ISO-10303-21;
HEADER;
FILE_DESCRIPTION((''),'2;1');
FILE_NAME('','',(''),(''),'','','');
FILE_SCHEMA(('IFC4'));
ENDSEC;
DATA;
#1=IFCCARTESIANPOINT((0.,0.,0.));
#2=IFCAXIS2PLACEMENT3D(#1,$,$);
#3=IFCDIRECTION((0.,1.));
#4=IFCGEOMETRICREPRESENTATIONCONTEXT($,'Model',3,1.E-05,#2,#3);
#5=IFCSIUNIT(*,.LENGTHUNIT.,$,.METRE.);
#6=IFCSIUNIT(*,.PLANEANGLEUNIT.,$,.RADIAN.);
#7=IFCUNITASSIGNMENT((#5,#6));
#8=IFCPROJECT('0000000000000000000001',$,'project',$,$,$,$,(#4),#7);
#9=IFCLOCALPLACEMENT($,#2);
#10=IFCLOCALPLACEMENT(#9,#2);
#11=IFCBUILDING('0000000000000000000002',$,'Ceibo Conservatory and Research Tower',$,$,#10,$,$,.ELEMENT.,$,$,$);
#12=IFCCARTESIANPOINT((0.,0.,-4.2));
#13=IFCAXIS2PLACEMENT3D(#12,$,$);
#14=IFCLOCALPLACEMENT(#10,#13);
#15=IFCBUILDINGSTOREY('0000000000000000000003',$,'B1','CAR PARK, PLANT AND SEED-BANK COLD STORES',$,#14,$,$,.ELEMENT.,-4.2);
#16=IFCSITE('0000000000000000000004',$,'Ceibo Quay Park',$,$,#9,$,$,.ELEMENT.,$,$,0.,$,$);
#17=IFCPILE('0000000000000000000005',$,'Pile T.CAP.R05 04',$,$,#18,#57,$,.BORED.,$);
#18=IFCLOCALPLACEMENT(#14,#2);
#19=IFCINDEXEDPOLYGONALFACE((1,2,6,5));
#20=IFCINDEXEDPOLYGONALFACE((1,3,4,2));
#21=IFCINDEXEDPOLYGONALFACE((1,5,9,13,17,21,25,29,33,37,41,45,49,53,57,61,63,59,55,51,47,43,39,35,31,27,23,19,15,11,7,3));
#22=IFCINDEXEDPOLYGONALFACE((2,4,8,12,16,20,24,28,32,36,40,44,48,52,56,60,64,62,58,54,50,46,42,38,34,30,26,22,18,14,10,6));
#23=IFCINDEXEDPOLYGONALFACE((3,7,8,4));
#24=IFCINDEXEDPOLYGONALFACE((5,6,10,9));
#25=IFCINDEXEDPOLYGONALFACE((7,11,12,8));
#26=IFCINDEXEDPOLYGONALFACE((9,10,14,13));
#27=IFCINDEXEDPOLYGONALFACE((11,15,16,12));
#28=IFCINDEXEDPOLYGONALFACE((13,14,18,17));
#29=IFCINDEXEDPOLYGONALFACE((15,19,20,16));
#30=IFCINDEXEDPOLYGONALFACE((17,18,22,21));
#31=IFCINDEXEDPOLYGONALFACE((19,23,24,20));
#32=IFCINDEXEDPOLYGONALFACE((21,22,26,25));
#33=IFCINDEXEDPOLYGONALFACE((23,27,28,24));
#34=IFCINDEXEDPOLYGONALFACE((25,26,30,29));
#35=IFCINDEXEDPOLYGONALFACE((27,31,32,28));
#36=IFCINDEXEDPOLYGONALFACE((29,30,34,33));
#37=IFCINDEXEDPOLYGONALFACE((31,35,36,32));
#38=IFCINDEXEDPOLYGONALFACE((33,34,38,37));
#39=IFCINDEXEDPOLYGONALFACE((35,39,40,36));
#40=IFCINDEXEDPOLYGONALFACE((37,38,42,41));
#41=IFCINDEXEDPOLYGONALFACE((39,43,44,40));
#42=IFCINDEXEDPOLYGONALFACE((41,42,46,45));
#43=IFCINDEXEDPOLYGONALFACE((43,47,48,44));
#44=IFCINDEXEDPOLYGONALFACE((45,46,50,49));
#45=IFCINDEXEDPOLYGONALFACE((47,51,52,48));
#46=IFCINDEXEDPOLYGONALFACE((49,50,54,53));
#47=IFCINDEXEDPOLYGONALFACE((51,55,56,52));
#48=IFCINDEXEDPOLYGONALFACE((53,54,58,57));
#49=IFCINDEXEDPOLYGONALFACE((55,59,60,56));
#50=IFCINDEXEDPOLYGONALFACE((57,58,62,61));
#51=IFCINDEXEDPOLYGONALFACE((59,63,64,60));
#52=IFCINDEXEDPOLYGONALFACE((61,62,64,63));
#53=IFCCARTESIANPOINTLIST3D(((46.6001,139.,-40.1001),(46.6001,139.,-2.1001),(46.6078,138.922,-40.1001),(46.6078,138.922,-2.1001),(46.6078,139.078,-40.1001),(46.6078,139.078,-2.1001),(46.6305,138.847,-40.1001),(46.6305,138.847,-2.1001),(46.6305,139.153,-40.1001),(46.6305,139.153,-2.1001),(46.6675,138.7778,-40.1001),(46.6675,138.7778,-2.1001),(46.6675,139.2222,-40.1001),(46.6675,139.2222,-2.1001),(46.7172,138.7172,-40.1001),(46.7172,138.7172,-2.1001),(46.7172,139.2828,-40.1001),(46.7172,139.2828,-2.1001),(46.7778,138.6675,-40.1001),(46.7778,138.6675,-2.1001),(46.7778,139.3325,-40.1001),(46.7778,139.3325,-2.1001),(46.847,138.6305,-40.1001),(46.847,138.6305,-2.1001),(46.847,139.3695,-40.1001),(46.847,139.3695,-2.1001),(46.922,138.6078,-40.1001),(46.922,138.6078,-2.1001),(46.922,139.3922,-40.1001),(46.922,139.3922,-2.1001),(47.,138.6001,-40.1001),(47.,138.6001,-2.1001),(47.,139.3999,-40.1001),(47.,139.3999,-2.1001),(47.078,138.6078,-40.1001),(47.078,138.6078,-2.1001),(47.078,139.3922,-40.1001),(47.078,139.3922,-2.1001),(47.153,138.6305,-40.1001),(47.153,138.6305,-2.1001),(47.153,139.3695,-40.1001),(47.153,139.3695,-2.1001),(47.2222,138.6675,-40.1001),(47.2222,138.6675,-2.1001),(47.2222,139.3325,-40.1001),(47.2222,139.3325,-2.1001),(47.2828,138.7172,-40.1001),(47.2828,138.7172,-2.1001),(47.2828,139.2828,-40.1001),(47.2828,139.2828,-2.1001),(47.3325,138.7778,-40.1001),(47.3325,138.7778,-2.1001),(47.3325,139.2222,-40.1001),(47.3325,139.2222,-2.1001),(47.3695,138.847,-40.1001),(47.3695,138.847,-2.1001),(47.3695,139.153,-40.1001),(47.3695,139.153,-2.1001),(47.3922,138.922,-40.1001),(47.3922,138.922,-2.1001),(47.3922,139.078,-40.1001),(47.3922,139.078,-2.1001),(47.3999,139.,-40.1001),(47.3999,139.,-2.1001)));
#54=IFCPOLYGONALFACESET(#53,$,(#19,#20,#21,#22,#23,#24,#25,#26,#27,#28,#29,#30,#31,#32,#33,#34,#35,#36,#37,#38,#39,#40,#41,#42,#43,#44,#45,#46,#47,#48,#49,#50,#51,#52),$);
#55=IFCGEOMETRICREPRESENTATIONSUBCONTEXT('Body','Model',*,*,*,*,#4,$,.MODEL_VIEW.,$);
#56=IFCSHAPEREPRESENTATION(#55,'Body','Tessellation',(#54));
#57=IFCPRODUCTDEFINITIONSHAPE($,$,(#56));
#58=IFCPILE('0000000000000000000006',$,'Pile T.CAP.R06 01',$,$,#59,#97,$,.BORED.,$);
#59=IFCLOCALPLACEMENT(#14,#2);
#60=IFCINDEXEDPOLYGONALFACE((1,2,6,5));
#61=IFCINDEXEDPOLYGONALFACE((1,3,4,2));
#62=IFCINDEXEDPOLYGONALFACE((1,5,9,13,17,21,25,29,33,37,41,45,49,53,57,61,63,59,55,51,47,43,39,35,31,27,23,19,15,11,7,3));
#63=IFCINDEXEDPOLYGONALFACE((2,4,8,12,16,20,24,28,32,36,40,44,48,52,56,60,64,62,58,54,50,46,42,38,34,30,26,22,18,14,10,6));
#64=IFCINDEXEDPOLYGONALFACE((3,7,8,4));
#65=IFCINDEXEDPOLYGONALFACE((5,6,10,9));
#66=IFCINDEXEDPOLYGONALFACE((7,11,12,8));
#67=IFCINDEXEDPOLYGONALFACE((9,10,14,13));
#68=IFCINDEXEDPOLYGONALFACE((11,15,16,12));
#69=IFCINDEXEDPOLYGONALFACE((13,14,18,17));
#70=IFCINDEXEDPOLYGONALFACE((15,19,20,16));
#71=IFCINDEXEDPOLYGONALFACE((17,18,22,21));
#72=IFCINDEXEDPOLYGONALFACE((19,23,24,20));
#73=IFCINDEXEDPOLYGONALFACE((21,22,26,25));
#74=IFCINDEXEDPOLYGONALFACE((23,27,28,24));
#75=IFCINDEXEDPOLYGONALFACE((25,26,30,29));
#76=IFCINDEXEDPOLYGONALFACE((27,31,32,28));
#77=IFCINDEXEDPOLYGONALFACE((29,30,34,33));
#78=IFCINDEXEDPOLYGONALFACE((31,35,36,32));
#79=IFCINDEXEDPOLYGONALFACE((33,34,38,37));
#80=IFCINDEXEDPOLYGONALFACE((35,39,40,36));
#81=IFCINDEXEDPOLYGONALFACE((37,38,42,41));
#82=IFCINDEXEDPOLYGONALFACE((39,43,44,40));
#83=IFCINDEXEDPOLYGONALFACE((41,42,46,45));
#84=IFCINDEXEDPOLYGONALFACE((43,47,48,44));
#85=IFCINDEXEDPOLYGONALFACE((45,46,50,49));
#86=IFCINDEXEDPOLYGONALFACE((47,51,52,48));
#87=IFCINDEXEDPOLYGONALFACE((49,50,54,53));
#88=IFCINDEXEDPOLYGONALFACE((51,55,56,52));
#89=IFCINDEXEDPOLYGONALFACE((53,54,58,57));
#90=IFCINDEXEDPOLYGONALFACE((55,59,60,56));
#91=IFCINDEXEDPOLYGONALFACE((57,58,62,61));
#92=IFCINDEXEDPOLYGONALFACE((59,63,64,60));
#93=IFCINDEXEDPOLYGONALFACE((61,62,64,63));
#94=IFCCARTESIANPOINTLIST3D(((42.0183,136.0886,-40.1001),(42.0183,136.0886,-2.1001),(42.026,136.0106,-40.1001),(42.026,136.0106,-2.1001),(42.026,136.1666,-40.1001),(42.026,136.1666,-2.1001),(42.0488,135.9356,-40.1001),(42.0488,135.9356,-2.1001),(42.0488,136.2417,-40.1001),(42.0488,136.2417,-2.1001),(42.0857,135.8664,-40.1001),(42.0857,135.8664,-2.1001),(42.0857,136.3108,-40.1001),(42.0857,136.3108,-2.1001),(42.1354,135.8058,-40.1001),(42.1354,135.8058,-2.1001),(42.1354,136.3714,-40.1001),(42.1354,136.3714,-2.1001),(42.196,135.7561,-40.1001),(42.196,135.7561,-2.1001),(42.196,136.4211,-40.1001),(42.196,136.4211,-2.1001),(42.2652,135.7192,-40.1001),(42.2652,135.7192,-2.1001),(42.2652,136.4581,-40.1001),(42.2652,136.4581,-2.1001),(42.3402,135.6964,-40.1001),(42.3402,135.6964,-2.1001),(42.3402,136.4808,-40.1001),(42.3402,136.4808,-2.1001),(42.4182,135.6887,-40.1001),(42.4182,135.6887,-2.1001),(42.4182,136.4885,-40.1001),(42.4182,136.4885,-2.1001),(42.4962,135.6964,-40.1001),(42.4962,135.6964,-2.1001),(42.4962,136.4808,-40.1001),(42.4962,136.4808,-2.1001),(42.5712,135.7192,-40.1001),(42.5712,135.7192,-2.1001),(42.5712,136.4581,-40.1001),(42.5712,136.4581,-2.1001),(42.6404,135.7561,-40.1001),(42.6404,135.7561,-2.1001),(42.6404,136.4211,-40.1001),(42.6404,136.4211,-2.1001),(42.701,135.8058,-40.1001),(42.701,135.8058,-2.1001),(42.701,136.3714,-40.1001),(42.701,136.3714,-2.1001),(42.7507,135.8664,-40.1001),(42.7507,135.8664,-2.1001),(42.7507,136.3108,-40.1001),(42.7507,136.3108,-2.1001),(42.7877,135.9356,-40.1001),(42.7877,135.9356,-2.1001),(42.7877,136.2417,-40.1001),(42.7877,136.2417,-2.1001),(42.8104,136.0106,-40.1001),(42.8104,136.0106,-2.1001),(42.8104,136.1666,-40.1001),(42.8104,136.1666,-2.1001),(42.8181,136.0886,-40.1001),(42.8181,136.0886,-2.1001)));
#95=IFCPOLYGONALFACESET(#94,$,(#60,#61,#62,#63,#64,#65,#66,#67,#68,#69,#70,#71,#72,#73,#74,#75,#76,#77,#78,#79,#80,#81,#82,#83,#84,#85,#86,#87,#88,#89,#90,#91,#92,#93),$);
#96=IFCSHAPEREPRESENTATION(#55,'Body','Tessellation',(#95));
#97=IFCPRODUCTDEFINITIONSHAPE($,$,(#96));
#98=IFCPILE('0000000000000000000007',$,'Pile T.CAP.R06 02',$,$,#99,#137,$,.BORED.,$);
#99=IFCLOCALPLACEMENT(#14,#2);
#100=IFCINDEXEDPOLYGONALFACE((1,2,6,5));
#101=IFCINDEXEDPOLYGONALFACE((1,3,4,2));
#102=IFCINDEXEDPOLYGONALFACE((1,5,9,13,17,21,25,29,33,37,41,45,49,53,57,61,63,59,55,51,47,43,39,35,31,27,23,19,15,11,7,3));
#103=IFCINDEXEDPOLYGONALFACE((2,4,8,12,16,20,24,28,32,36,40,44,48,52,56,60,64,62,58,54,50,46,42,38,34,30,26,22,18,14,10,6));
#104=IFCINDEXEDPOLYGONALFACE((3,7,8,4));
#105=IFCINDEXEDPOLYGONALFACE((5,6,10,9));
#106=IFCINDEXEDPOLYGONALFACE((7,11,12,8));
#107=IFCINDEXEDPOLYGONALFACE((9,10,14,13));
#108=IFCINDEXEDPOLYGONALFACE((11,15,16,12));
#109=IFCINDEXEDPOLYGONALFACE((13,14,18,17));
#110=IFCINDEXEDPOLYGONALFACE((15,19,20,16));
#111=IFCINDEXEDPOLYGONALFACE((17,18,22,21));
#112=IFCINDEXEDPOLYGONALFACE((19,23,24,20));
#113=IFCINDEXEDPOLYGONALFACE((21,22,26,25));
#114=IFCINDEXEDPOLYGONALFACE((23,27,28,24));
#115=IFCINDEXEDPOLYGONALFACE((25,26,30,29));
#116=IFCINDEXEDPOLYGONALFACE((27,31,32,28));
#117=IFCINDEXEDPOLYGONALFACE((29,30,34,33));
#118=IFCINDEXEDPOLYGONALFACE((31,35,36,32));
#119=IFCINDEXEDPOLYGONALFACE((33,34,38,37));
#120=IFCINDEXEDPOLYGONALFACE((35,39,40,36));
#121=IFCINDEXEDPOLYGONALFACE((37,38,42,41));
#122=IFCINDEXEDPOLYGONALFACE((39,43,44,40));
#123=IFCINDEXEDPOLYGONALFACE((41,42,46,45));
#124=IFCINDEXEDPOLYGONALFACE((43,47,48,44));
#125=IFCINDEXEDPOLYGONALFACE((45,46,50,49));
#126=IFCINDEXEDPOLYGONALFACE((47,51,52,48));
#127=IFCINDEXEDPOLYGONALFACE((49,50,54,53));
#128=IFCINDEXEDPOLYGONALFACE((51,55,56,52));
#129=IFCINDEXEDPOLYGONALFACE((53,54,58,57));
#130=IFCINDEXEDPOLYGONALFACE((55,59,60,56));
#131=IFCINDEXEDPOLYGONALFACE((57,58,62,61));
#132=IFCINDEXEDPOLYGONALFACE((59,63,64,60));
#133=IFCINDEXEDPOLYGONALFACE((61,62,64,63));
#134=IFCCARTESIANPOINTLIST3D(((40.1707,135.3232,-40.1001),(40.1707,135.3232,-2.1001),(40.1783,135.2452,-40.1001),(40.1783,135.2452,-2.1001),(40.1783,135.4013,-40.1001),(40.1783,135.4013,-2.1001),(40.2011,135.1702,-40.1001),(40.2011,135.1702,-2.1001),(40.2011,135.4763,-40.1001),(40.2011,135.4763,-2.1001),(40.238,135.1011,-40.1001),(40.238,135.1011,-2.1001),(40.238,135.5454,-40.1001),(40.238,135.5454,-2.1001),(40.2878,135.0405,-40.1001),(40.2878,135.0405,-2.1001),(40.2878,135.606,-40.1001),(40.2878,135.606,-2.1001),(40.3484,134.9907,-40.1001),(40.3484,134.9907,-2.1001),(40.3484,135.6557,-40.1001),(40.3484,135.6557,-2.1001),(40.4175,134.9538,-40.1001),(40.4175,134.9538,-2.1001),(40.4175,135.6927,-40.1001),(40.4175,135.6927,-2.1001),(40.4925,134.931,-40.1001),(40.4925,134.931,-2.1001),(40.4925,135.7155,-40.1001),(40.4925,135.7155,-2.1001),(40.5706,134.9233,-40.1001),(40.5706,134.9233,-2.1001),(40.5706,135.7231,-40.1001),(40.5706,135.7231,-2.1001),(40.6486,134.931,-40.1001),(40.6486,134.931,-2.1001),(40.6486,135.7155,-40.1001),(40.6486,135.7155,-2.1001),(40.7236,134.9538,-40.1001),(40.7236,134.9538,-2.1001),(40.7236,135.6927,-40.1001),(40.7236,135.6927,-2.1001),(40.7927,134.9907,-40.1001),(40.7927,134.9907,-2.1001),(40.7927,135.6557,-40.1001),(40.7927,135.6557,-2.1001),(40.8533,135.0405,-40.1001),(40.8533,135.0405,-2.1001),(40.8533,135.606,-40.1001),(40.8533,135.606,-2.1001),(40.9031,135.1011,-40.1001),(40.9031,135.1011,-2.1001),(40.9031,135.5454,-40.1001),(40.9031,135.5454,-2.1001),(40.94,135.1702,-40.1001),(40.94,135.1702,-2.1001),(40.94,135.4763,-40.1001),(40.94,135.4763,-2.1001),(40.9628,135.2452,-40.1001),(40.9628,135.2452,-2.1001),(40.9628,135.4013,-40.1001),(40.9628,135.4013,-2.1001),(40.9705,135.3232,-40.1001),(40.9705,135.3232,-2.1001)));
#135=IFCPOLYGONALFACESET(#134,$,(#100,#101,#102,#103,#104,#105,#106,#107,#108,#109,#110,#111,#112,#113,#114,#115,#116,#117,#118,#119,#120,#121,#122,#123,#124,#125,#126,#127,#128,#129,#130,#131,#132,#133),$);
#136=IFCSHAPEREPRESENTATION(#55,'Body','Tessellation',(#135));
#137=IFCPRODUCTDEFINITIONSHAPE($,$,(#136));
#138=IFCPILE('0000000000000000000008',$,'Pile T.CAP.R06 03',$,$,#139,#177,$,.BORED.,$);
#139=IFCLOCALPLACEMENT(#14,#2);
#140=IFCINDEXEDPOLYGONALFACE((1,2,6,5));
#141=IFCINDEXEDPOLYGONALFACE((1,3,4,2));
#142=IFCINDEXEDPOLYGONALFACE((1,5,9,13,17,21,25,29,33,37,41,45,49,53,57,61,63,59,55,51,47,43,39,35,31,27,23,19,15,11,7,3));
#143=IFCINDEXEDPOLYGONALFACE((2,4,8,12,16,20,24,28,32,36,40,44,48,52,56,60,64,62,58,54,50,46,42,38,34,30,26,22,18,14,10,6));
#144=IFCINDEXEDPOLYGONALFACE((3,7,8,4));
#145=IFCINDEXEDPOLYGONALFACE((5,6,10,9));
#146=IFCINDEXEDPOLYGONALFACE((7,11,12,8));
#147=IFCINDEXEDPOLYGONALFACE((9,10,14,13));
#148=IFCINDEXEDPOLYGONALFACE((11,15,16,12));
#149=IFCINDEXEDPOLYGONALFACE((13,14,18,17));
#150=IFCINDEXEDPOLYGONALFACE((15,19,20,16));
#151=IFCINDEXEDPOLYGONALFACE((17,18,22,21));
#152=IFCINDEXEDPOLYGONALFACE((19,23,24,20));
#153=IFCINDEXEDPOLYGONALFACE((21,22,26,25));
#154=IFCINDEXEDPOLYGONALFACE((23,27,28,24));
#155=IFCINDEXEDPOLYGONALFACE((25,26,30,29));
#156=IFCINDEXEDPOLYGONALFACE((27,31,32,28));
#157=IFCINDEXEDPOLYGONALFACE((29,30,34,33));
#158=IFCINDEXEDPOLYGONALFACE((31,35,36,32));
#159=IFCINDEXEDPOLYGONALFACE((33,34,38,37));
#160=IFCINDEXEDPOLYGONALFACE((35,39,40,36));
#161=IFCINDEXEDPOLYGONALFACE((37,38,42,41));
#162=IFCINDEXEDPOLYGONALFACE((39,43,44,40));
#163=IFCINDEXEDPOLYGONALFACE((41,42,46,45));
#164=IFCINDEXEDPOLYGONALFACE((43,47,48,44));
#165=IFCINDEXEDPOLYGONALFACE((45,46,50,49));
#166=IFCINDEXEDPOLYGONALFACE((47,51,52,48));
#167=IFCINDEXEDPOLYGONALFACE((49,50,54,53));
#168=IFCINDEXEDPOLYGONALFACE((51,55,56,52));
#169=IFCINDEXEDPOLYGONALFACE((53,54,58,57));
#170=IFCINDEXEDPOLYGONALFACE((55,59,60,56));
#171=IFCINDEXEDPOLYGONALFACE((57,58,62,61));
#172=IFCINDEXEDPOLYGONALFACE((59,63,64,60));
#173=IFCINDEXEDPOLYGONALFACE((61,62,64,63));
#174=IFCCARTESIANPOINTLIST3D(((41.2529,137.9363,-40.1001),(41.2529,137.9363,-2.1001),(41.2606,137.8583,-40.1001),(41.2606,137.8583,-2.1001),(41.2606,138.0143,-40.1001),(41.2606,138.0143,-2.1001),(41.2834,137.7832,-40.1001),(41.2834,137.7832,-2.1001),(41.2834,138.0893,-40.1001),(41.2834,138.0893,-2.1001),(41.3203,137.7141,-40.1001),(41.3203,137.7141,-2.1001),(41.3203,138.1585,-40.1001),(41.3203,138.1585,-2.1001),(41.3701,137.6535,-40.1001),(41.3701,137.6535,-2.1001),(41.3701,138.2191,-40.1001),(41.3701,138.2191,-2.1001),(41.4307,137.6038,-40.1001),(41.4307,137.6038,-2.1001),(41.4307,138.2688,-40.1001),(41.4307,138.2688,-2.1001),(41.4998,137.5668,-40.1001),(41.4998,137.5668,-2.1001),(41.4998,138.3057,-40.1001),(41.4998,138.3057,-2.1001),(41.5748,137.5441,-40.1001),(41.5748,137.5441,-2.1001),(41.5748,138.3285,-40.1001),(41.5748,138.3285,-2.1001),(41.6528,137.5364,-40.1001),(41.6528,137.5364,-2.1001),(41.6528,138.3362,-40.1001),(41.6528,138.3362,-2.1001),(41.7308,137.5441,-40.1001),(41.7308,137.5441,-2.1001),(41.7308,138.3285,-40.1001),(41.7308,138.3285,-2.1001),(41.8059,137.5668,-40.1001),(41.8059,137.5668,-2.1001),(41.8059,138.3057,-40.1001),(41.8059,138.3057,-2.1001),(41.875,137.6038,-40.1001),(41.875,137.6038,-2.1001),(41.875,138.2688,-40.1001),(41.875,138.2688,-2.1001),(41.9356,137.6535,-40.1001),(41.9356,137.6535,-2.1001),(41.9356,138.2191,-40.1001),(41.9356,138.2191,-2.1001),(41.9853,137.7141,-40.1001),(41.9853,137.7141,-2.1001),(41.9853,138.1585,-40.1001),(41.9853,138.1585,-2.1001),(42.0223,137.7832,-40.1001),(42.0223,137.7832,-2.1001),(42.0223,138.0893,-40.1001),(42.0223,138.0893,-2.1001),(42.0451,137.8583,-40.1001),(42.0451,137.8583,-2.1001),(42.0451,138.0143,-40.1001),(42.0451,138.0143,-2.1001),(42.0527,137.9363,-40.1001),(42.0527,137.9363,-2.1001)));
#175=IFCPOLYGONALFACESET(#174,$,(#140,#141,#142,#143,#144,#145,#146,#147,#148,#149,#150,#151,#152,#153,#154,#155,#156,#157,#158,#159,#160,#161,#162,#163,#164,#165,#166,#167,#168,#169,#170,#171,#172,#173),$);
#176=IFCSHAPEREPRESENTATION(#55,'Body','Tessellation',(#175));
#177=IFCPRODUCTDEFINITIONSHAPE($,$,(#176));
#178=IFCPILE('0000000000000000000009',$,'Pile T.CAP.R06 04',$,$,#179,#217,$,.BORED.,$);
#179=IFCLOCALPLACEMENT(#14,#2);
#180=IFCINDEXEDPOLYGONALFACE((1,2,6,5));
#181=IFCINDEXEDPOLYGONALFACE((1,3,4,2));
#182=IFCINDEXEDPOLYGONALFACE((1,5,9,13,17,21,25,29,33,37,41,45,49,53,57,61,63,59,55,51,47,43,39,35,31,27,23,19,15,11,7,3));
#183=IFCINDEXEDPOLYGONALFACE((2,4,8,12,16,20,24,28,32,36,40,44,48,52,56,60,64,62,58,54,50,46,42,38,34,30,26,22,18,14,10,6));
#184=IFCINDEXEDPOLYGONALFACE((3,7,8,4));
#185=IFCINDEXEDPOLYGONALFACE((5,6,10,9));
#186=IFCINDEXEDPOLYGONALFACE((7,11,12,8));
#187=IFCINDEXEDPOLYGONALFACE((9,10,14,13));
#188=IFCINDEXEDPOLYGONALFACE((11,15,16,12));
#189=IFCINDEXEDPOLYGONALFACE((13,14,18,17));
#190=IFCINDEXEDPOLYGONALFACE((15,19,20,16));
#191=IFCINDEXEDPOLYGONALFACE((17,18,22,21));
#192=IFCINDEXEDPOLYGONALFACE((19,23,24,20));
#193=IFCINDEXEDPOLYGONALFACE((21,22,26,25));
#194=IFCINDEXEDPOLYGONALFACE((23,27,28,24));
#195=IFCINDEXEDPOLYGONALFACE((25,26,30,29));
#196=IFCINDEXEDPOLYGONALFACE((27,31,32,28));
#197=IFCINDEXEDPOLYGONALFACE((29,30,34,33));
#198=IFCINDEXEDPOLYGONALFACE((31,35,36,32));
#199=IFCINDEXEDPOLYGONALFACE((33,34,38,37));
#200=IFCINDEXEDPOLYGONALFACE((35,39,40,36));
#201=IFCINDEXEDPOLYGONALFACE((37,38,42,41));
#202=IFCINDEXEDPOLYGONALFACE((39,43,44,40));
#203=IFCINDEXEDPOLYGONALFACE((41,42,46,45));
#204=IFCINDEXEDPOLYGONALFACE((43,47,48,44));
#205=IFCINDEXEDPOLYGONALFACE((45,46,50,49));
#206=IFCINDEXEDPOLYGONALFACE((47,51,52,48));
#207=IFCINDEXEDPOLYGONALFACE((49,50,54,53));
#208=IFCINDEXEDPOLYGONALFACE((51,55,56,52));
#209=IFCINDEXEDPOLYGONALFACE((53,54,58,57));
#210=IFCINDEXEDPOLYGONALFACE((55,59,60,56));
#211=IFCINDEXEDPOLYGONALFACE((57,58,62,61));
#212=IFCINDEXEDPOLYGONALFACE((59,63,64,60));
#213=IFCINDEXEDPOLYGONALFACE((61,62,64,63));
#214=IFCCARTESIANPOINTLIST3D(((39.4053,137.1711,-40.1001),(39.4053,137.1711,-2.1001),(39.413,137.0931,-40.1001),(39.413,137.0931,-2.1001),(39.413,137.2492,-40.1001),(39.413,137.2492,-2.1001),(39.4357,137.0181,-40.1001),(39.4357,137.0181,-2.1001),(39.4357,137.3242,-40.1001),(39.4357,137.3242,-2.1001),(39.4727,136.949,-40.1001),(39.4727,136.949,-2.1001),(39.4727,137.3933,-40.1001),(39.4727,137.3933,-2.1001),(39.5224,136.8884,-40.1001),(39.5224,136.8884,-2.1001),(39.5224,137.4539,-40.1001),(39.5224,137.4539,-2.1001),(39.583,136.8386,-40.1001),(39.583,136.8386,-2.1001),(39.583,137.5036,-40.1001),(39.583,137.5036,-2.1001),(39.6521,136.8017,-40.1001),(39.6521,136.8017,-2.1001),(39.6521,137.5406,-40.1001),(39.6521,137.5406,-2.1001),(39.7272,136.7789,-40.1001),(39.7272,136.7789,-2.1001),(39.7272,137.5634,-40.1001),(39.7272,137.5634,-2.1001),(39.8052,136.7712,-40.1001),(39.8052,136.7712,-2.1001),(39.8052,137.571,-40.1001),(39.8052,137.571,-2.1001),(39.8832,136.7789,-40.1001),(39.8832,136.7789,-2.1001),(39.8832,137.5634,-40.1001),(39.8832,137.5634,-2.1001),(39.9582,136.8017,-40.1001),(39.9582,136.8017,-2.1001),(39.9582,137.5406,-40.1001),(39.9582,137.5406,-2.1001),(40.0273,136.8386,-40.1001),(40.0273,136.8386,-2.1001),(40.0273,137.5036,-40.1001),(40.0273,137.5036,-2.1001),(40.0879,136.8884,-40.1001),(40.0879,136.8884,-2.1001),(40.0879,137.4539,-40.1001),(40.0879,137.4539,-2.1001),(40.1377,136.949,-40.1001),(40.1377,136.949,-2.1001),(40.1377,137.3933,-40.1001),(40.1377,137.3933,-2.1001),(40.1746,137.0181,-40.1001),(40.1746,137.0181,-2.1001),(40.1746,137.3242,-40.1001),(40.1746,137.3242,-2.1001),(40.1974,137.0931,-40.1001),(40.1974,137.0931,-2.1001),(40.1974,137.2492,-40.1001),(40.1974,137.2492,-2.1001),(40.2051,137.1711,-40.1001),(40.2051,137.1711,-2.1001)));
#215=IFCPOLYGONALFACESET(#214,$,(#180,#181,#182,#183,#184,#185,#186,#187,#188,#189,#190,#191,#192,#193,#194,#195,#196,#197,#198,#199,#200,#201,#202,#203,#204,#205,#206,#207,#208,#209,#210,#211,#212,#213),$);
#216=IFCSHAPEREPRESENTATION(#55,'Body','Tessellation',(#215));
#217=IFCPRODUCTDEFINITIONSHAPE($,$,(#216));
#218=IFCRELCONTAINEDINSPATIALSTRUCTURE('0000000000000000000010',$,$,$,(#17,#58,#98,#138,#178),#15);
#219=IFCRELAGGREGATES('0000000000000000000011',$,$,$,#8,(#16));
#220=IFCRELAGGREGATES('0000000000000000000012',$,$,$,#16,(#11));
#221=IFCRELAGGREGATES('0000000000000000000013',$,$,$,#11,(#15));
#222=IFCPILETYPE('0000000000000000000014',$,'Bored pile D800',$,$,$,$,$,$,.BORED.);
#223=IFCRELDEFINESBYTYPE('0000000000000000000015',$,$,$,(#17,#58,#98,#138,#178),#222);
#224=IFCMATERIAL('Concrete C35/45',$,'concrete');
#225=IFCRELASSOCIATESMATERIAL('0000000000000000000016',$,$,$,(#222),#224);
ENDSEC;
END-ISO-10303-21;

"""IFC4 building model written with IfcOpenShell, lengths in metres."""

from ifc_helpers import new_model, si_unit, direction, frame, origin, origin_2d, place, context, subcontext, project, spatial, circle, extrude, material, material_profile, profile_set, type_object, element, save


model = new_model("IFC4")

# Units and contexts
model_context = context("Model", 3, precision=1e-05, world=origin(), true_north=direction((0.0, 1.0)))
body_context = subcontext(model_context, "Body", "Model", "MODEL_VIEW")
ifc_project = project(units=[si_unit("LENGTHUNIT", "METRE"), si_unit("PLANEANGLEUNIT", "RADIAN")], contexts=[model_context])

# Site, building, storey
site_placement = place(None, origin())
site = spatial("IfcSite", under=ifc_project, at=site_placement, Name="Ceibo Quay Park", CompositionType="ELEMENT", RefElevation=0.0)
building_placement = place(site_placement, origin())
building = spatial("IfcBuilding", under=site, at=building_placement, Name="Ceibo Conservatory and Research Tower", CompositionType="ELEMENT")
storey_placement = place(building_placement, frame((0.0, 0.0, -4.2)))
storey = spatial("IfcBuildingStorey", under=building, at=storey_placement, Name="B1", Description="CAR PARK, PLANT AND SEED-BANK COLD STORES", CompositionType="ELEMENT", Elevation=-4.2)

# Piles
ifc_material_1 = material(Name="Concrete C35/45", Category="concrete")
ifc_material_profile_1 = material_profile(ifc_material_1, circle(Radius=0.3999, at=origin_2d()), Name="RC D800")
ifc_profile_set_1 = profile_set([ifc_material_profile_1], Name="Concrete C35/45")
pile_type_1 = type_object("IfcPileType", Name="Bored pile D800", PredefinedType="BORED", material=ifc_profile_set_1)
for number, where, z_axis, x_axis, name in (
    (1, (47.0, 139.0, -2.1001), (0.0, 0.0, -1.0), (1.0, 0.0, 0.0), "Pile T.CAP.R05 04"),
    (2, (42.4182, 136.0886, -2.1001), (0.0, 0.0, -1.0), (1.0, 0.0, 0.0), "Pile T.CAP.R06 01"),
    (3, (40.5706, 135.3232, -2.1001), (0.0, 0.0, -1.0), (1.0, 0.0, 0.0), "Pile T.CAP.R06 02"),
    (4, (41.6528, 137.9363, -2.1001), (0.0, 0.0, -1.0), (1.0, 0.0, 0.0), "Pile T.CAP.R06 03"),
    (5, (39.8052, 137.1711, -2.1001), (0.0, 0.0, -1.0), (1.0, 0.0, 0.0), "Pile T.CAP.R06 04"),
):
    element("IfcPile", number, at=place(storey_placement, frame(where, z_axis=z_axis, x_axis=x_axis)), inside=storey, type_object=pile_type_1, Name=name, PredefinedType="BORED", context=body_context, shape_type="SweptSolid", body=[
        extrude(circle(Radius=0.3999, at=origin_2d()), origin(), (0.0, 0.0, 1.0), 38.0),
    ])

save(model, "model.ifc")
